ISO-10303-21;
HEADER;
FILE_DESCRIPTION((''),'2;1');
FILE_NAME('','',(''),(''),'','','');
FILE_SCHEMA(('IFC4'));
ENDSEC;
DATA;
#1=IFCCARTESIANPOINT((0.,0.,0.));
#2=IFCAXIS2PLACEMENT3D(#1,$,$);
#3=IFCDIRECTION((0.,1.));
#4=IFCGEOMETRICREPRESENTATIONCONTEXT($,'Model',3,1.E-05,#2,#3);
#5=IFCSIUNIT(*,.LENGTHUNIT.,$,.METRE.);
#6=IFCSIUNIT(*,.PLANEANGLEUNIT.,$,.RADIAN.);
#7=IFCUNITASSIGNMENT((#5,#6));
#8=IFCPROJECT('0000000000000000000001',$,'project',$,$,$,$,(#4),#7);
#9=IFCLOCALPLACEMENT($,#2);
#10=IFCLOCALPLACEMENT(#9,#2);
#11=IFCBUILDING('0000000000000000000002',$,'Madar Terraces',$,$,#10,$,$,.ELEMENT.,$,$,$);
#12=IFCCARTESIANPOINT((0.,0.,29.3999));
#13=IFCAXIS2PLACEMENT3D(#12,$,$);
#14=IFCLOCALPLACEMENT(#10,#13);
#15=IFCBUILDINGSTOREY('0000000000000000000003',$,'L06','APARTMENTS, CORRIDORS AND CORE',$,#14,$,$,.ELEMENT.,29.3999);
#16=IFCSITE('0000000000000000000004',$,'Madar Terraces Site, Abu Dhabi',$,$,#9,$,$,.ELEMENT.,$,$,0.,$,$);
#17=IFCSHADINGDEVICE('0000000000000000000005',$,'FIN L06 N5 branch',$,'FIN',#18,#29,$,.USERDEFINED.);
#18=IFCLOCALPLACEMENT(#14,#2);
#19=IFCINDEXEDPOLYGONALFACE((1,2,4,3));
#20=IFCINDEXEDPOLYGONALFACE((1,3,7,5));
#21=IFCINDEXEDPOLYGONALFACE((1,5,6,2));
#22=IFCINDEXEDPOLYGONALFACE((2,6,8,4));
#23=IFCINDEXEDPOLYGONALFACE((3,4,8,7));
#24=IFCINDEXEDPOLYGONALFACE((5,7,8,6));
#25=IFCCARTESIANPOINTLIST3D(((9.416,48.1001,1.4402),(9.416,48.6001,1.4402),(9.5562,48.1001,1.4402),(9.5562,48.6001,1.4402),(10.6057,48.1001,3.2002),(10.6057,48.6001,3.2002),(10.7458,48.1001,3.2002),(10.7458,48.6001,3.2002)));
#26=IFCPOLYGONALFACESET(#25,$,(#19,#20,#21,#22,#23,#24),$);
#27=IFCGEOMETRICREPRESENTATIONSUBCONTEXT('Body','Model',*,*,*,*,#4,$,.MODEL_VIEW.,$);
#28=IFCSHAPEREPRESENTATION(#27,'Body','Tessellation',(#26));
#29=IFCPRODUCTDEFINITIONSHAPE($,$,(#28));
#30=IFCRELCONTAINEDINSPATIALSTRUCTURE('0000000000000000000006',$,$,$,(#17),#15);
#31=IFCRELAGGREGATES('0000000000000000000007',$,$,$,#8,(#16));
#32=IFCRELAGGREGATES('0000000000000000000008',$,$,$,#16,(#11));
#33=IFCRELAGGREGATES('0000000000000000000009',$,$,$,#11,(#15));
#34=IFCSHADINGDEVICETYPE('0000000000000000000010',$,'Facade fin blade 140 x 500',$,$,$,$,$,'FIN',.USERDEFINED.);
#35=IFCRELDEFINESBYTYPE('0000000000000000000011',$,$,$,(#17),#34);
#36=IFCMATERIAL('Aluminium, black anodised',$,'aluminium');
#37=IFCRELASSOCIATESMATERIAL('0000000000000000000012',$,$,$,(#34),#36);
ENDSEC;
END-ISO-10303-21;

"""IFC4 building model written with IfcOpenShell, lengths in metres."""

from ifc_helpers import new_model, si_unit, direction, frame, origin, place, context, subcontext, project, spatial, polyline, outline, extrude, material, type_object, element, save


model = new_model("IFC4")

# Units and contexts
model_context = context("Model", 3, precision=1e-05, world=origin(), true_north=direction((0.0, 1.0)))
body_context = subcontext(model_context, "Body", "Model", "MODEL_VIEW")
ifc_project = project(units=[si_unit("LENGTHUNIT", "METRE"), si_unit("PLANEANGLEUNIT", "RADIAN")], contexts=[model_context])

# Site, building, storey
site_placement = place(None, origin())
site = spatial("IfcSite", under=ifc_project, at=site_placement, Name="Madar Terraces Site, Abu Dhabi", CompositionType="ELEMENT", RefElevation=0.0)
building_placement = place(site_placement, origin())
building = spatial("IfcBuilding", under=site, at=building_placement, Name="Madar Terraces", CompositionType="ELEMENT")
storey_placement = place(building_placement, frame((0.0, 0.0, 29.3999)))
storey = spatial("IfcBuildingStorey", under=building, at=storey_placement, Name="L06", Description="APARTMENTS, CORRIDORS AND CORE", CompositionType="ELEMENT", Elevation=29.3999)

# Shading device
ifc_material_1 = material(Name="Aluminium, black anodised", Category="aluminium")
shading_device_type = type_object("IfcShadingDeviceType", Name="Facade fin blade 140 x 500", ElementType="FIN", PredefinedType="USERDEFINED", material=ifc_material_1)
shading_device_placement = place(storey_placement, frame((9.5562, 48.3501, 1.4402), z_axis=(0.0, 0.0, 1.0), x_axis=(-1.0, 0.0, 0.0)))
element("IfcShadingDevice", 1, at=shading_device_placement, inside=storey, type_object=shading_device_type, Name="FIN L06 N5 branch", ObjectType="FIN", PredefinedType="USERDEFINED", context=body_context, shape_type="SweptSolid", body=[
    extrude(outline(polyline([(0.0, 0.0), (0.1401, 0.0), (-1.0496, 1.76), (-1.1897, 1.76), (0.0, 0.0)])), frame((0.0, 0.25, 0.0), z_axis=(0.0, -1.0, 0.0), x_axis=(1.0, 0.0, 0.0)), (0.0, 0.0, 1.0), 0.5),
])

save(model, "model.ifc")
